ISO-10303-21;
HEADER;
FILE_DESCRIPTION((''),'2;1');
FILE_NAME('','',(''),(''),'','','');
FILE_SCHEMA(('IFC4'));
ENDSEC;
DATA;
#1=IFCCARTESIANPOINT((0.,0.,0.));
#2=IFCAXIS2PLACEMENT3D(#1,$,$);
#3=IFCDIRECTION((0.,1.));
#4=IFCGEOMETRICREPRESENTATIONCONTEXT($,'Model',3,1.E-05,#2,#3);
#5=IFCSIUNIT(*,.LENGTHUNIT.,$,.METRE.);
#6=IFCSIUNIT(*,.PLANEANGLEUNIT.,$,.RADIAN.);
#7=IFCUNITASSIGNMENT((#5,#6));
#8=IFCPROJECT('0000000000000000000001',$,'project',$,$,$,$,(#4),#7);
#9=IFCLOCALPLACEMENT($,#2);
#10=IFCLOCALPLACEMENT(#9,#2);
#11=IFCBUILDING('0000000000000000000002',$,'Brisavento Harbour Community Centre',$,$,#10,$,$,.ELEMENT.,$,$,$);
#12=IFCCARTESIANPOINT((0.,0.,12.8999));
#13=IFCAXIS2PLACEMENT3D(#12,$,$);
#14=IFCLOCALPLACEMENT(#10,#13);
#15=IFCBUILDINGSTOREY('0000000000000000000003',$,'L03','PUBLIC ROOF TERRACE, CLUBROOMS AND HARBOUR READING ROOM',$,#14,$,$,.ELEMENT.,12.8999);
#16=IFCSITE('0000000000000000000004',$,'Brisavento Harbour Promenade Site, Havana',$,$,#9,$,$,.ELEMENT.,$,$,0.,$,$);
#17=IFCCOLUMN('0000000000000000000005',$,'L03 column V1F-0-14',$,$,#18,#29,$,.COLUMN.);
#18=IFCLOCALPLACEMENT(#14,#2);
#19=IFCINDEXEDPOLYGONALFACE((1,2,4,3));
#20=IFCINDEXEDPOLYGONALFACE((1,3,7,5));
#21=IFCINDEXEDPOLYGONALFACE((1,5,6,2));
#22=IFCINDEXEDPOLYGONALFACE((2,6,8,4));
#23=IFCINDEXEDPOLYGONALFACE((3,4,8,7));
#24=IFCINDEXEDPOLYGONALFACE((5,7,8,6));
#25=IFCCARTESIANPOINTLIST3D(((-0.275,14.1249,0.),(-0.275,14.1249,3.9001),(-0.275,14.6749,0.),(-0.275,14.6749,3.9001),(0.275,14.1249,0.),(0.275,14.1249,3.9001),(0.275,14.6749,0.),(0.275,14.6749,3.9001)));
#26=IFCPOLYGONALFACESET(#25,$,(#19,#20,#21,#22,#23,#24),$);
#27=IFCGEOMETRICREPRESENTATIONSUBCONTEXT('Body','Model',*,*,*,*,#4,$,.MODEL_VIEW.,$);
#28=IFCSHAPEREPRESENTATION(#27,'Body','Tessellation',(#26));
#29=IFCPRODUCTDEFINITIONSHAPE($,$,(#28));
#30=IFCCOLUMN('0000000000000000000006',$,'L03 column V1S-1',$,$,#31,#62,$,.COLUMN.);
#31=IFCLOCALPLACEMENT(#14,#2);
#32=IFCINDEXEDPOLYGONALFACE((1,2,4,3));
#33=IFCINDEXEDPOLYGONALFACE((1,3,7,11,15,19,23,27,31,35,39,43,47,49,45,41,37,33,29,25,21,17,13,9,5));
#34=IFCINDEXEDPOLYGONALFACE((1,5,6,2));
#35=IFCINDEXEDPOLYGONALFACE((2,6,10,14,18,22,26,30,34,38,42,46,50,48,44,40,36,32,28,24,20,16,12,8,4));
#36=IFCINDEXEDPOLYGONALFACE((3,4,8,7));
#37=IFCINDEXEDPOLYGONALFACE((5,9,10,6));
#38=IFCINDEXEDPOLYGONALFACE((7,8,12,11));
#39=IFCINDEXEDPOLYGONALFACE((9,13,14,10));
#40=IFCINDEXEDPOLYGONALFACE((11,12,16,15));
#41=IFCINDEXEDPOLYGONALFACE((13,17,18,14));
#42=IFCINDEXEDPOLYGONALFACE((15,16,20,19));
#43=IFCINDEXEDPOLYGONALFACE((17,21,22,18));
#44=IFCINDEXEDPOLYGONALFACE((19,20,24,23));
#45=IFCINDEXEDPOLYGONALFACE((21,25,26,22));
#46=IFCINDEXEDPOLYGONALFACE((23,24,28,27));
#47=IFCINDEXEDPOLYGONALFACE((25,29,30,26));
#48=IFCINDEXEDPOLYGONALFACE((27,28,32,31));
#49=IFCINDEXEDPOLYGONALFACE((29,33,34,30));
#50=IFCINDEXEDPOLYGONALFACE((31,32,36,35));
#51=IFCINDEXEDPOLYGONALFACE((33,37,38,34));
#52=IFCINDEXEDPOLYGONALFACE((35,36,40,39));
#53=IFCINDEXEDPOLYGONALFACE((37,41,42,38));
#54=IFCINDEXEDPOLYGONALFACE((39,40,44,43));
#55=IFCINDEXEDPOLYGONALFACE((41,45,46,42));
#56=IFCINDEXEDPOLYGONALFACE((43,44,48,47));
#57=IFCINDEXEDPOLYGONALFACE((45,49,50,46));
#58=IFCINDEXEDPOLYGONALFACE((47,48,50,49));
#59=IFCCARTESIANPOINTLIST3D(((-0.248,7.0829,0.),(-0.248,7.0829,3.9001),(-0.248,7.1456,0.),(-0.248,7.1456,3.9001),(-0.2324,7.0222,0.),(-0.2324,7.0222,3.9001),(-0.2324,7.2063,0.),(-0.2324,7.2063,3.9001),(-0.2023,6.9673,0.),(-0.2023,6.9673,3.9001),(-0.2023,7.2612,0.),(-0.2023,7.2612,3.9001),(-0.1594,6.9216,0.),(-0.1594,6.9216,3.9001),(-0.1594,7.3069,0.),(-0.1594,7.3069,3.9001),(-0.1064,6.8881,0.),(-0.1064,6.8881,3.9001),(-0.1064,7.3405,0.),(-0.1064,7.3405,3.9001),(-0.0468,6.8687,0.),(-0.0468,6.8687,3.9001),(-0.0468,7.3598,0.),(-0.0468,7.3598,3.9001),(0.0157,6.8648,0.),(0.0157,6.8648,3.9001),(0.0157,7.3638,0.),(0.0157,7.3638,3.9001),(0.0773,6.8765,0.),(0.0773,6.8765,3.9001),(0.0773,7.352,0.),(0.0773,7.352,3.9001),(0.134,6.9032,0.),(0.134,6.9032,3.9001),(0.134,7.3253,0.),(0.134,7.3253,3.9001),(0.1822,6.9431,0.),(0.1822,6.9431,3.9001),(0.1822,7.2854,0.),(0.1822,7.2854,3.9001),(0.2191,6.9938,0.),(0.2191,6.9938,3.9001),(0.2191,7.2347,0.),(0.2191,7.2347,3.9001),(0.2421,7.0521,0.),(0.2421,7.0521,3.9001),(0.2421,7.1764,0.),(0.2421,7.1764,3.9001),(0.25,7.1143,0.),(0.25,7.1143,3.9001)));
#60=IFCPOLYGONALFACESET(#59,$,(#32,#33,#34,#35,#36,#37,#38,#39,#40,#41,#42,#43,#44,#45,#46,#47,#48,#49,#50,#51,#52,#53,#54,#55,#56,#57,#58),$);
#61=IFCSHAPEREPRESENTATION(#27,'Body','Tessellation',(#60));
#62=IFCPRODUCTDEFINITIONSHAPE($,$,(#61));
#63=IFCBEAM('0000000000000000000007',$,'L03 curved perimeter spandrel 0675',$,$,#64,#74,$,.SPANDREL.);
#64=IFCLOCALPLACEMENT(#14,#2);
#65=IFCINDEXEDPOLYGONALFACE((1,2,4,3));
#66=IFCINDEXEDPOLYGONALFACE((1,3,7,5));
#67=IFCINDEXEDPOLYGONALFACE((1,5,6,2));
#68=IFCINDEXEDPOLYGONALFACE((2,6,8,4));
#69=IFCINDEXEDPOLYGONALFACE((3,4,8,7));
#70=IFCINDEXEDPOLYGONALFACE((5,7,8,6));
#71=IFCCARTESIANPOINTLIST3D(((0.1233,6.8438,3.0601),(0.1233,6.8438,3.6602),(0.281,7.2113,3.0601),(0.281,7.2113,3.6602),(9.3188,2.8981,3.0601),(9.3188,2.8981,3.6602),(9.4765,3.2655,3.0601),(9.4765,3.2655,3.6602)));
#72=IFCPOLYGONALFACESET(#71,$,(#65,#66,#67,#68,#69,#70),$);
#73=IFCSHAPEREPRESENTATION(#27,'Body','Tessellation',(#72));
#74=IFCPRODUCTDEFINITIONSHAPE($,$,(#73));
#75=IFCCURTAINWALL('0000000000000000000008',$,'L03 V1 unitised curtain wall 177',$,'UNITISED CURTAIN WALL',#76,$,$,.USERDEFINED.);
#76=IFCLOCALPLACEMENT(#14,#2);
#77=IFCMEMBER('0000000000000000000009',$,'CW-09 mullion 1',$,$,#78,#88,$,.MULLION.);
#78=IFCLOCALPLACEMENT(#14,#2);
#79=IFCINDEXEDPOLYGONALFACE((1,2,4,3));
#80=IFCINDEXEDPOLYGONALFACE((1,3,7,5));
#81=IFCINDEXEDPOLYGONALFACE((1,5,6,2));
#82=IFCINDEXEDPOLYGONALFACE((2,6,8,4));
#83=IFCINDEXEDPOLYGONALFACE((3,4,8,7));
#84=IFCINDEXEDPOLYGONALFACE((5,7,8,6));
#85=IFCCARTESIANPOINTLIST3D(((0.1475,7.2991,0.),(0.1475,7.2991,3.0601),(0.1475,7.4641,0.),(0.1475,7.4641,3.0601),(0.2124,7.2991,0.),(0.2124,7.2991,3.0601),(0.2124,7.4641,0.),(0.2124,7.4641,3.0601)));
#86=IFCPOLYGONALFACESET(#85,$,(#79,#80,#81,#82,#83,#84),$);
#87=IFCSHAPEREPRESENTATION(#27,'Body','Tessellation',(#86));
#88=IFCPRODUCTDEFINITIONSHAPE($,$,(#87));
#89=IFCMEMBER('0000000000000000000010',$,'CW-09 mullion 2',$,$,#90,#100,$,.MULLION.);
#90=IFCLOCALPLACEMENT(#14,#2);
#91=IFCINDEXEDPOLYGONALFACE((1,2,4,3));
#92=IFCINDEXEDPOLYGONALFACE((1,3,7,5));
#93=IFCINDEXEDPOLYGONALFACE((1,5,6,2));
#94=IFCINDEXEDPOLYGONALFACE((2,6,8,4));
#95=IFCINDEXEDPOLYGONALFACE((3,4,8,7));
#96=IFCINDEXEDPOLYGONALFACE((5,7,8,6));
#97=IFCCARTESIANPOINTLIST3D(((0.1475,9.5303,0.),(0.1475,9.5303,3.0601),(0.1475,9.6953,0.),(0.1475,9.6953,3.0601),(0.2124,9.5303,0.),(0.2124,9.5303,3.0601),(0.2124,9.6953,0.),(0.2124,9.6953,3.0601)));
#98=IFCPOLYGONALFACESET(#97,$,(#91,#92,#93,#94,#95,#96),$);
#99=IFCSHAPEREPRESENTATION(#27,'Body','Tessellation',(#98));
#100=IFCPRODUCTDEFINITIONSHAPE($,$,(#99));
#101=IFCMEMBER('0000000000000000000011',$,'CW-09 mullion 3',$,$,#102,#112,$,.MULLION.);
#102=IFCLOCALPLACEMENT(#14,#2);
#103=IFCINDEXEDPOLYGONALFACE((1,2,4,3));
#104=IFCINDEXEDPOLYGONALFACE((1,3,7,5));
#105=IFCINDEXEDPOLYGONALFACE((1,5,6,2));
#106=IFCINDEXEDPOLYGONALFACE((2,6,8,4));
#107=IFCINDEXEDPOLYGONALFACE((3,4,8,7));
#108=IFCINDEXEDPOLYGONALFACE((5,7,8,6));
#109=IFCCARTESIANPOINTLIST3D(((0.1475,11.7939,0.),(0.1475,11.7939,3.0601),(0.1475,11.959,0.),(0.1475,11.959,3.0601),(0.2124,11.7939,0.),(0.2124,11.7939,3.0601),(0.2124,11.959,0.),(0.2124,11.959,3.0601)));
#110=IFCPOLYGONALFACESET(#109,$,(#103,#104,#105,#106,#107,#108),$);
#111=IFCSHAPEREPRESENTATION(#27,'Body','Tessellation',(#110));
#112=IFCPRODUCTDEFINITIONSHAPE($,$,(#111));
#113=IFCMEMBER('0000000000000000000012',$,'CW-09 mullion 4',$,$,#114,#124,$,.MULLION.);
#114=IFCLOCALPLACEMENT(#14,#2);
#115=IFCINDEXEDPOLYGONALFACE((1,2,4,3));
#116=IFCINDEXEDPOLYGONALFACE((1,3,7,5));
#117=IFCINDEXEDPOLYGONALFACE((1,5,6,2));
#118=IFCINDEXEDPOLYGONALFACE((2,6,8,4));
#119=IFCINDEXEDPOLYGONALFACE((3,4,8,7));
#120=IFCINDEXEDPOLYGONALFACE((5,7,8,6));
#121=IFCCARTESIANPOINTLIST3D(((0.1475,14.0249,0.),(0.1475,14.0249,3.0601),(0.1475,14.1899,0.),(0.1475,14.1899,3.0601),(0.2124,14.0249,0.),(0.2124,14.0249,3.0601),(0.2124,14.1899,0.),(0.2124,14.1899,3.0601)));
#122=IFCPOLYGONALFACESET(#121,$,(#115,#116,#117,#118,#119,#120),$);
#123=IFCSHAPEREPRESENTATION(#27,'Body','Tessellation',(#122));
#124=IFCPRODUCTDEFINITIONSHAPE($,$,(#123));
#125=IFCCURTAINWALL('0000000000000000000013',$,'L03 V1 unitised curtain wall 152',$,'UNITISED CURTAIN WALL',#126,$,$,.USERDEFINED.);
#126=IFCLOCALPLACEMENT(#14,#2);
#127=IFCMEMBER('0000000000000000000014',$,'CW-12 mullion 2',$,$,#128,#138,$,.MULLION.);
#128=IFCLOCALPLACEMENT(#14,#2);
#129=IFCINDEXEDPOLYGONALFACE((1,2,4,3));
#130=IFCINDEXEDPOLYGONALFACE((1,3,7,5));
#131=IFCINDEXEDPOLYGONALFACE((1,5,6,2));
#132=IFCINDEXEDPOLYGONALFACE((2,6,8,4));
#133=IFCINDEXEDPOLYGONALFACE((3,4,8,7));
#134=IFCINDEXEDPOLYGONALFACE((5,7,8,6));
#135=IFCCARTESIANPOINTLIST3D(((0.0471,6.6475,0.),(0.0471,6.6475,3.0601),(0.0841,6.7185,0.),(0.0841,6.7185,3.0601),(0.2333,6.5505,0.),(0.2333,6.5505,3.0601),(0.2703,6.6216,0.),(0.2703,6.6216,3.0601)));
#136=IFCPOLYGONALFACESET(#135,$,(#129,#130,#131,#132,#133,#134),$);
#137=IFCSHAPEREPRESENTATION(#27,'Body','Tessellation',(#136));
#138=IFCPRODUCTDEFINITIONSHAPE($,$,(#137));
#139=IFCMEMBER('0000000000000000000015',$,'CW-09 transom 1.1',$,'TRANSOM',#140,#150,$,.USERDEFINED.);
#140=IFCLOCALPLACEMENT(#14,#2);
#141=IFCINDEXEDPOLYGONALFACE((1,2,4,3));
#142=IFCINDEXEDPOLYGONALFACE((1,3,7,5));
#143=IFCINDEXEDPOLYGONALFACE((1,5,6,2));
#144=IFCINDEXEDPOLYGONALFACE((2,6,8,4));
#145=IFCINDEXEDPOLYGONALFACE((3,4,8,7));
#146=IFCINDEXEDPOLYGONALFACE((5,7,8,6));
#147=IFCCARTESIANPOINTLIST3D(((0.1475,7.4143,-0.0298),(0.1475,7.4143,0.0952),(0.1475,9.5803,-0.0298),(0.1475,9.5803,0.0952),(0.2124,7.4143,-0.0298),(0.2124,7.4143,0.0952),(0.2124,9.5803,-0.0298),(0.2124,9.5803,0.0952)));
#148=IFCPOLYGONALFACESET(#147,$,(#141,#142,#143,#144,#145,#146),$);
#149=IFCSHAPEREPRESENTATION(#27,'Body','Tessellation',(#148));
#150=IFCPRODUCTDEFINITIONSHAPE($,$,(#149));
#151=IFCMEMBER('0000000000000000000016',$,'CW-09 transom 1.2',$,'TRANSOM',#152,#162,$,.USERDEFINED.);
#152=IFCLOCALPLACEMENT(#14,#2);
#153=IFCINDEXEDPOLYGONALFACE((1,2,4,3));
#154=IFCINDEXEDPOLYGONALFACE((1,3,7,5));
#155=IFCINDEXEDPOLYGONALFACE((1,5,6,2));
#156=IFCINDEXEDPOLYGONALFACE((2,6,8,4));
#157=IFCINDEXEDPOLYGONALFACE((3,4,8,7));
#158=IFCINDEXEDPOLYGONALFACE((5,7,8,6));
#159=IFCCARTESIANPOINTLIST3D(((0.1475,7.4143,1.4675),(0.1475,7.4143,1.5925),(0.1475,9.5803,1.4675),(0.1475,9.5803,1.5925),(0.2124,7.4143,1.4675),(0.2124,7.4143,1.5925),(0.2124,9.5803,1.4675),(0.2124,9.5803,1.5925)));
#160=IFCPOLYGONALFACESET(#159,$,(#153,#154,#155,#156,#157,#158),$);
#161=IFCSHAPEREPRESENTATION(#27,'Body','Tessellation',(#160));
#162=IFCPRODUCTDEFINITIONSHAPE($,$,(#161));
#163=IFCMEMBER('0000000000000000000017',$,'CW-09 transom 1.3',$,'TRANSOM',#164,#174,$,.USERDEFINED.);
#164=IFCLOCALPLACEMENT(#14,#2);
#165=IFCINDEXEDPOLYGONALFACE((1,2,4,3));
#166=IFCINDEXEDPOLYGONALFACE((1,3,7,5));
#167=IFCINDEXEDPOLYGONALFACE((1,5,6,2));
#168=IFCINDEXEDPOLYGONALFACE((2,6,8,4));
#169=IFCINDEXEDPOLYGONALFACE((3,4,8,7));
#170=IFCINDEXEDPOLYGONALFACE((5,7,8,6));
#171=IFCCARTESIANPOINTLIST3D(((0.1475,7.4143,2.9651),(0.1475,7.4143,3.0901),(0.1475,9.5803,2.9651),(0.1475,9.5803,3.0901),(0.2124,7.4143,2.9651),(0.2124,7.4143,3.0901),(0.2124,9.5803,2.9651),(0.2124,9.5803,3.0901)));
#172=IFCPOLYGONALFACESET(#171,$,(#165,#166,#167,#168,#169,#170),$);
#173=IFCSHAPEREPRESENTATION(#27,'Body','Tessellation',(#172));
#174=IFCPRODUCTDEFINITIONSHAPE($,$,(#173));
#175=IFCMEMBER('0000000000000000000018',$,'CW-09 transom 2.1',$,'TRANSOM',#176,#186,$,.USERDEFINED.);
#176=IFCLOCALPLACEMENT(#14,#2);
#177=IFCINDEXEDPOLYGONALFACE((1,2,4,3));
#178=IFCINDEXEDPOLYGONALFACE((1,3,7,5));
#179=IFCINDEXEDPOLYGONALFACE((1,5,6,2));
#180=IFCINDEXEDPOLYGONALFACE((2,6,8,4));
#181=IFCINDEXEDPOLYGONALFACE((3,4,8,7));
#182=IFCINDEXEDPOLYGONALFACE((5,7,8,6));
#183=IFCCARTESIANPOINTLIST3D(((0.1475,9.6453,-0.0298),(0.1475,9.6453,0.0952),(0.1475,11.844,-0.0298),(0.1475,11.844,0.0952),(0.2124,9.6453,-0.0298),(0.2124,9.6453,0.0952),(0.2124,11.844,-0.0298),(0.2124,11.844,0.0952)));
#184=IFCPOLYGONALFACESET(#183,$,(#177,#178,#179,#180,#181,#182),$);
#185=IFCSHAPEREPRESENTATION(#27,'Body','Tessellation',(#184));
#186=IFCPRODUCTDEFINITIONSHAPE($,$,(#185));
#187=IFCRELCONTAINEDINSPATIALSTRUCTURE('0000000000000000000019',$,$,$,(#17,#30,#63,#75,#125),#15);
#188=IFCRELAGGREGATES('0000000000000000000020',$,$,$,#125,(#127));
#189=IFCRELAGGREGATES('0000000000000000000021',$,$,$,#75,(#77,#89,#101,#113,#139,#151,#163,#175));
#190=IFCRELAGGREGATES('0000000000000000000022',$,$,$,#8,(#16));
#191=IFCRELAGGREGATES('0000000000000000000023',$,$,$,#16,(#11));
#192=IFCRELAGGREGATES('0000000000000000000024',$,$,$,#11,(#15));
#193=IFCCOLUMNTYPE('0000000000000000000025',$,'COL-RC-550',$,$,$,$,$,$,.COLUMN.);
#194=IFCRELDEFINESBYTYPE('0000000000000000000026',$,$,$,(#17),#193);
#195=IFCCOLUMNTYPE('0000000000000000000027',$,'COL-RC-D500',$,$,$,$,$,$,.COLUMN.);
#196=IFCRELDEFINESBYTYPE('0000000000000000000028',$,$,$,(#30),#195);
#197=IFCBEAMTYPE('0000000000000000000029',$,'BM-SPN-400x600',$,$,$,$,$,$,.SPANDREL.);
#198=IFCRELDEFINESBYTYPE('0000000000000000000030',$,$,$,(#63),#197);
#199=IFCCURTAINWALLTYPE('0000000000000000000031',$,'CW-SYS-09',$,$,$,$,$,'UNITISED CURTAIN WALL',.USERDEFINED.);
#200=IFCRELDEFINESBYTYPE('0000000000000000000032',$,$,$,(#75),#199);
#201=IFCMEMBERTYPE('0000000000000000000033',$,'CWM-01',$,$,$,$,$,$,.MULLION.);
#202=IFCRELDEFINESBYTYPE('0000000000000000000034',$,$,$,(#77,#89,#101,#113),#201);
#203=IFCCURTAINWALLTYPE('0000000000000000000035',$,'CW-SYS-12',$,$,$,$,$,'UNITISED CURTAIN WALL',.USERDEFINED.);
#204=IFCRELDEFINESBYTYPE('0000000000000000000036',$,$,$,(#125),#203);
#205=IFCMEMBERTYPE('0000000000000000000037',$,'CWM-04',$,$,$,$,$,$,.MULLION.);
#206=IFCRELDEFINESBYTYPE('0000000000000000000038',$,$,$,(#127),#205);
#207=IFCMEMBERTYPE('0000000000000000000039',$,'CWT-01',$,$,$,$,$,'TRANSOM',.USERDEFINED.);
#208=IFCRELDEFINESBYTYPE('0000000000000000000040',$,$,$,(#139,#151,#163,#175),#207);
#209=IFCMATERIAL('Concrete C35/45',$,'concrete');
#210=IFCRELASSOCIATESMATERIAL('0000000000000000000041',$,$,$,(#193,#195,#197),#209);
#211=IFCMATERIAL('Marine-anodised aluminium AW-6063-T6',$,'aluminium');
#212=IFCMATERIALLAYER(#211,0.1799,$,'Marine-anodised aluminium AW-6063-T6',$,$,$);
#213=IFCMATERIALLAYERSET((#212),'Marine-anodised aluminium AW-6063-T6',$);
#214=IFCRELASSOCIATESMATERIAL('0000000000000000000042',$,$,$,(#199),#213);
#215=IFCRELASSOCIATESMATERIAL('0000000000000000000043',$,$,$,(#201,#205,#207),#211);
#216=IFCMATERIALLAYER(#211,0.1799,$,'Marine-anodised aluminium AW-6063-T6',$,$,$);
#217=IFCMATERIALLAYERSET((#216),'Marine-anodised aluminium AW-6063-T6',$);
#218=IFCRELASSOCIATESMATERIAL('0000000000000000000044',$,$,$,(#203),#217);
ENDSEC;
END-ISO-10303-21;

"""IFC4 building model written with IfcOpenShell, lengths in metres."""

from ifc_helpers import new_model, si_unit, direction, frame, origin, origin_2d, place, context, subcontext, project, spatial, rectangle, circle, extrude, material, layer, layer_set, material_profile, profile_set, type_object, element, aggregate, save


model = new_model("IFC4")

# Units and contexts
model_context = context("Model", 3, precision=1e-05, world=origin(), true_north=direction((0.0, 1.0)))
body_context = subcontext(model_context, "Body", "Model", "MODEL_VIEW")
ifc_project = project(units=[si_unit("LENGTHUNIT", "METRE"), si_unit("PLANEANGLEUNIT", "RADIAN")], contexts=[model_context])

# Site, building, storey
site_placement = place(None, origin())
site = spatial("IfcSite", under=ifc_project, at=site_placement, Name="Brisavento Harbour Promenade Site, Havana", CompositionType="ELEMENT", RefElevation=0.0)
building_placement = place(site_placement, origin())
building = spatial("IfcBuilding", under=site, at=building_placement, Name="Brisavento Harbour Community Centre", CompositionType="ELEMENT")
storey_placement = place(building_placement, frame((0.0, 0.0, 12.8999)))
storey = spatial("IfcBuildingStorey", under=building, at=storey_placement, Name="L03", Description="PUBLIC ROOF TERRACE, CLUBROOMS AND HARBOUR READING ROOM", CompositionType="ELEMENT", Elevation=12.8999)

# Columns
ifc_material_1 = material(Name="Concrete C35/45", Category="concrete")
ifc_material_profile_1 = material_profile(ifc_material_1, rectangle(XDim=0.55, YDim=0.55, at=origin_2d()), Name="Concrete C35/45")
ifc_profile_set_1 = profile_set([ifc_material_profile_1], Name="Concrete C35/45")
column_type_1 = type_object("IfcColumnType", Name="COL-RC-550", PredefinedType="COLUMN", material=ifc_profile_set_1)
column_1_placement = place(storey_placement, frame((0.0, 14.3999, 0.0), z_axis=(0.0, 0.0, 1.0), x_axis=(1.0, 0.0, 0.0)))
element("IfcColumn", 1, at=column_1_placement, inside=storey, type_object=column_type_1, Name="L03 column V1F-0-14", PredefinedType="COLUMN", context=body_context, shape_type="SweptSolid", body=[
    extrude(rectangle(XDim=0.55, YDim=0.55, at=origin_2d()), origin(), (0.0, 0.0, 1.0), 3.9001),
])
ifc_material_profile_2 = material_profile(ifc_material_1, circle(Radius=0.25, at=origin_2d()), Name="Concrete C35/45")
ifc_profile_set_2 = profile_set([ifc_material_profile_2], Name="Concrete C35/45")
column_type_2 = type_object("IfcColumnType", Name="COL-RC-D500", PredefinedType="COLUMN", material=ifc_profile_set_2)
column_2_placement = place(storey_placement, frame((0.0, 7.1143, 0.0), z_axis=(0.0, 0.0, 1.0), x_axis=(1.0, 0.0, 0.0)))
element("IfcColumn", 2, at=column_2_placement, inside=storey, type_object=column_type_2, Name="L03 column V1S-1", PredefinedType="COLUMN", context=body_context, shape_type="SweptSolid", body=[
    extrude(circle(Radius=0.25, at=origin_2d()), origin(), (0.0, 0.0, 1.0), 3.9001),
])

# Beam
ifc_material_profile_3 = material_profile(ifc_material_1, rectangle(XDim=0.3999, YDim=0.6001, at=origin_2d()), Name="Concrete C35/45")
ifc_profile_set_3 = profile_set([ifc_material_profile_3], Name="Concrete C35/45")
beam_type = type_object("IfcBeamType", Name="BM-SPN-400x600", PredefinedType="SPANDREL", material=ifc_profile_set_3)
beam_placement = place(storey_placement, frame((0.2021, 7.0276, 3.3601), z_axis=(0.91897, -0.394329, 0.0), x_axis=(0.394329, 0.91897, 0.0)))
element("IfcBeam", 3, at=beam_placement, inside=storey, type_object=beam_type, Name="L03 curved perimeter spandrel 0675", PredefinedType="SPANDREL", context=body_context, shape_type="SweptSolid", body=[
    extrude(rectangle(XDim=0.3999, YDim=0.6001, at=origin_2d()), origin(), (0.0, 0.0, 1.0), 10.0063),
])

# Curtain wall, members
ifc_material_2 = material(Name="Marine-anodised aluminium AW-6063-T6", Category="aluminium")
ifc_layer_1 = layer(ifc_material_2, 0.1799, Name="Marine-anodised aluminium AW-6063-T6")
ifc_layer_set_1 = layer_set([ifc_layer_1], Name="Marine-anodised aluminium AW-6063-T6")
curtain_wall_type_1 = type_object("IfcCurtainWallType", Name="CW-SYS-09", ElementType="UNITISED CURTAIN WALL", PredefinedType="USERDEFINED", material=ifc_layer_set_1)
curtain_wall_1_placement = place(storey_placement, origin())
curtain_wall_1 = element("IfcCurtainWall", 4, at=curtain_wall_1_placement, inside=storey, type_object=curtain_wall_type_1, Name="L03 V1 unitised curtain wall 177", ObjectType="UNITISED CURTAIN WALL", PredefinedType="USERDEFINED")
ifc_material_profile_4 = material_profile(ifc_material_2, rectangle(XDim=0.0649, YDim=0.165, at=origin_2d()), Name="Marine-anodised aluminium AW-6063-T6")
ifc_profile_set_4 = profile_set([ifc_material_profile_4], Name="Marine-anodised aluminium AW-6063-T6")
member_type_1 = type_object("IfcMemberType", Name="CWM-01", PredefinedType="MULLION", material=ifc_profile_set_4)
member_1_placement = place(storey_placement, frame((0.1799, 7.3816, 0.0), z_axis=(0.0, 0.0, 1.0), x_axis=(-1.0, 0.0, 0.0)))
member_1 = element("IfcMember", 5, at=member_1_placement, type_object=member_type_1, Name="CW-09 mullion 1", PredefinedType="MULLION", context=body_context, shape_type="SweptSolid", body=[
    extrude(rectangle(XDim=0.0649, YDim=0.165, at=origin_2d()), origin(), (0.0, 0.0, 1.0), 3.0601),
])
member_2_placement = place(storey_placement, frame((0.1799, 9.6128, 0.0), z_axis=(0.0, 0.0, 1.0), x_axis=(-1.0, 0.0, 0.0)))
member_2 = element("IfcMember", 6, at=member_2_placement, type_object=member_type_1, Name="CW-09 mullion 2", PredefinedType="MULLION", context=body_context, shape_type="SweptSolid", body=[
    extrude(rectangle(XDim=0.0649, YDim=0.165, at=origin_2d()), origin(), (0.0, 0.0, 1.0), 3.0601),
])
member_3_placement = place(storey_placement, frame((0.1799, 11.8765, 0.0), z_axis=(0.0, 0.0, 1.0), x_axis=(-1.0, 0.0, 0.0)))
member_3 = element("IfcMember", 7, at=member_3_placement, type_object=member_type_1, Name="CW-09 mullion 3", PredefinedType="MULLION", context=body_context, shape_type="SweptSolid", body=[
    extrude(rectangle(XDim=0.0649, YDim=0.165, at=origin_2d()), origin(), (0.0, 0.0, 1.0), 3.0601),
])
member_4_placement = place(storey_placement, frame((0.1799, 14.1074, 0.0), z_axis=(0.0, 0.0, 1.0), x_axis=(-1.0, 0.0, 0.0)))
member_4 = element("IfcMember", 8, at=member_4_placement, type_object=member_type_1, Name="CW-09 mullion 4", PredefinedType="MULLION", context=body_context, shape_type="SweptSolid", body=[
    extrude(rectangle(XDim=0.0649, YDim=0.165, at=origin_2d()), origin(), (0.0, 0.0, 1.0), 3.0601),
])

# Curtain wall, member
ifc_layer_2 = layer(ifc_material_2, 0.1799, Name="Marine-anodised aluminium AW-6063-T6")
ifc_layer_set_2 = layer_set([ifc_layer_2], Name="Marine-anodised aluminium AW-6063-T6")
curtain_wall_type_2 = type_object("IfcCurtainWallType", Name="CW-SYS-12", ElementType="UNITISED CURTAIN WALL", PredefinedType="USERDEFINED", material=ifc_layer_set_2)
curtain_wall_2_placement = place(storey_placement, origin())
curtain_wall_2 = element("IfcCurtainWall", 9, at=curtain_wall_2_placement, inside=storey, type_object=curtain_wall_type_2, Name="L03 V1 unitised curtain wall 152", ObjectType="UNITISED CURTAIN WALL", PredefinedType="USERDEFINED")
ifc_material_profile_5 = material_profile(ifc_material_2, rectangle(XDim=0.0801, YDim=0.21, at=origin_2d()), Name="Marine-anodised aluminium AW-6063-T6")
ifc_profile_set_5 = profile_set([ifc_material_profile_5], Name="Marine-anodised aluminium AW-6063-T6")
member_type_2 = type_object("IfcMemberType", Name="CWM-04", PredefinedType="MULLION", material=ifc_profile_set_5)
member_5_placement = place(storey_placement, frame((0.1587, 6.6345, 0.0), z_axis=(0.0, 0.0, 1.0), x_axis=(-0.461732, -0.88702, 0.0)))
member_5 = element("IfcMember", 10, at=member_5_placement, type_object=member_type_2, Name="CW-12 mullion 2", PredefinedType="MULLION", context=body_context, shape_type="SweptSolid", body=[
    extrude(rectangle(XDim=0.0801, YDim=0.21, at=origin_2d()), origin(), (0.0, 0.0, 1.0), 3.0601),
])

# Members
ifc_material_profile_6 = material_profile(ifc_material_2, rectangle(XDim=0.0649, YDim=0.125, at=origin_2d()), Name="Marine-anodised aluminium AW-6063-T6")
ifc_profile_set_6 = profile_set([ifc_material_profile_6], Name="Marine-anodised aluminium AW-6063-T6")
member_type_3 = type_object("IfcMemberType", Name="CWT-01", ElementType="TRANSOM", PredefinedType="USERDEFINED", material=ifc_profile_set_6)
member_6_placement = place(storey_placement, frame((0.1799, 7.4143, 0.0327), z_axis=(0.0, 1.0, 0.0), x_axis=(-1.0, 0.0, 0.0)))
member_6 = element("IfcMember", 11, at=member_6_placement, type_object=member_type_3, Name="CW-09 transom 1.1", ObjectType="TRANSOM", PredefinedType="USERDEFINED", context=body_context, shape_type="SweptSolid", body=[
    extrude(rectangle(XDim=0.0649, YDim=0.125, at=origin_2d()), origin(), (0.0, 0.0, 1.0), 2.166),
])
member_7_placement = place(storey_placement, frame((0.1799, 7.4143, 1.53), z_axis=(0.0, 1.0, 0.0), x_axis=(-1.0, 0.0, 0.0)))
member_7 = element("IfcMember", 12, at=member_7_placement, type_object=member_type_3, Name="CW-09 transom 1.2", ObjectType="TRANSOM", PredefinedType="USERDEFINED", context=body_context, shape_type="SweptSolid", body=[
    extrude(rectangle(XDim=0.0649, YDim=0.125, at=origin_2d()), origin(), (0.0, 0.0, 1.0), 2.166),
])
member_8_placement = place(storey_placement, frame((0.1799, 7.4143, 3.0276), z_axis=(0.0, 1.0, 0.0), x_axis=(-1.0, 0.0, 0.0)))
member_8 = element("IfcMember", 13, at=member_8_placement, type_object=member_type_3, Name="CW-09 transom 1.3", ObjectType="TRANSOM", PredefinedType="USERDEFINED", context=body_context, shape_type="SweptSolid", body=[
    extrude(rectangle(XDim=0.0649, YDim=0.125, at=origin_2d()), origin(), (0.0, 0.0, 1.0), 2.166),
])
member_9_placement = place(storey_placement, frame((0.1799, 9.6453, 0.0327), z_axis=(0.0, 1.0, 0.0), x_axis=(-1.0, 0.0, 0.0)))
member_9 = element("IfcMember", 14, at=member_9_placement, type_object=member_type_3, Name="CW-09 transom 2.1", ObjectType="TRANSOM", PredefinedType="USERDEFINED", context=body_context, shape_type="SweptSolid", body=[
    extrude(rectangle(XDim=0.0649, YDim=0.125, at=origin_2d()), origin(), (0.0, 0.0, 1.0), 2.1987),
])

aggregate(curtain_wall_2, [member_5])
aggregate(curtain_wall_1, [member_1, member_2, member_3, member_4, member_6, member_7, member_8, member_9])

save(model, "model.ifc")
